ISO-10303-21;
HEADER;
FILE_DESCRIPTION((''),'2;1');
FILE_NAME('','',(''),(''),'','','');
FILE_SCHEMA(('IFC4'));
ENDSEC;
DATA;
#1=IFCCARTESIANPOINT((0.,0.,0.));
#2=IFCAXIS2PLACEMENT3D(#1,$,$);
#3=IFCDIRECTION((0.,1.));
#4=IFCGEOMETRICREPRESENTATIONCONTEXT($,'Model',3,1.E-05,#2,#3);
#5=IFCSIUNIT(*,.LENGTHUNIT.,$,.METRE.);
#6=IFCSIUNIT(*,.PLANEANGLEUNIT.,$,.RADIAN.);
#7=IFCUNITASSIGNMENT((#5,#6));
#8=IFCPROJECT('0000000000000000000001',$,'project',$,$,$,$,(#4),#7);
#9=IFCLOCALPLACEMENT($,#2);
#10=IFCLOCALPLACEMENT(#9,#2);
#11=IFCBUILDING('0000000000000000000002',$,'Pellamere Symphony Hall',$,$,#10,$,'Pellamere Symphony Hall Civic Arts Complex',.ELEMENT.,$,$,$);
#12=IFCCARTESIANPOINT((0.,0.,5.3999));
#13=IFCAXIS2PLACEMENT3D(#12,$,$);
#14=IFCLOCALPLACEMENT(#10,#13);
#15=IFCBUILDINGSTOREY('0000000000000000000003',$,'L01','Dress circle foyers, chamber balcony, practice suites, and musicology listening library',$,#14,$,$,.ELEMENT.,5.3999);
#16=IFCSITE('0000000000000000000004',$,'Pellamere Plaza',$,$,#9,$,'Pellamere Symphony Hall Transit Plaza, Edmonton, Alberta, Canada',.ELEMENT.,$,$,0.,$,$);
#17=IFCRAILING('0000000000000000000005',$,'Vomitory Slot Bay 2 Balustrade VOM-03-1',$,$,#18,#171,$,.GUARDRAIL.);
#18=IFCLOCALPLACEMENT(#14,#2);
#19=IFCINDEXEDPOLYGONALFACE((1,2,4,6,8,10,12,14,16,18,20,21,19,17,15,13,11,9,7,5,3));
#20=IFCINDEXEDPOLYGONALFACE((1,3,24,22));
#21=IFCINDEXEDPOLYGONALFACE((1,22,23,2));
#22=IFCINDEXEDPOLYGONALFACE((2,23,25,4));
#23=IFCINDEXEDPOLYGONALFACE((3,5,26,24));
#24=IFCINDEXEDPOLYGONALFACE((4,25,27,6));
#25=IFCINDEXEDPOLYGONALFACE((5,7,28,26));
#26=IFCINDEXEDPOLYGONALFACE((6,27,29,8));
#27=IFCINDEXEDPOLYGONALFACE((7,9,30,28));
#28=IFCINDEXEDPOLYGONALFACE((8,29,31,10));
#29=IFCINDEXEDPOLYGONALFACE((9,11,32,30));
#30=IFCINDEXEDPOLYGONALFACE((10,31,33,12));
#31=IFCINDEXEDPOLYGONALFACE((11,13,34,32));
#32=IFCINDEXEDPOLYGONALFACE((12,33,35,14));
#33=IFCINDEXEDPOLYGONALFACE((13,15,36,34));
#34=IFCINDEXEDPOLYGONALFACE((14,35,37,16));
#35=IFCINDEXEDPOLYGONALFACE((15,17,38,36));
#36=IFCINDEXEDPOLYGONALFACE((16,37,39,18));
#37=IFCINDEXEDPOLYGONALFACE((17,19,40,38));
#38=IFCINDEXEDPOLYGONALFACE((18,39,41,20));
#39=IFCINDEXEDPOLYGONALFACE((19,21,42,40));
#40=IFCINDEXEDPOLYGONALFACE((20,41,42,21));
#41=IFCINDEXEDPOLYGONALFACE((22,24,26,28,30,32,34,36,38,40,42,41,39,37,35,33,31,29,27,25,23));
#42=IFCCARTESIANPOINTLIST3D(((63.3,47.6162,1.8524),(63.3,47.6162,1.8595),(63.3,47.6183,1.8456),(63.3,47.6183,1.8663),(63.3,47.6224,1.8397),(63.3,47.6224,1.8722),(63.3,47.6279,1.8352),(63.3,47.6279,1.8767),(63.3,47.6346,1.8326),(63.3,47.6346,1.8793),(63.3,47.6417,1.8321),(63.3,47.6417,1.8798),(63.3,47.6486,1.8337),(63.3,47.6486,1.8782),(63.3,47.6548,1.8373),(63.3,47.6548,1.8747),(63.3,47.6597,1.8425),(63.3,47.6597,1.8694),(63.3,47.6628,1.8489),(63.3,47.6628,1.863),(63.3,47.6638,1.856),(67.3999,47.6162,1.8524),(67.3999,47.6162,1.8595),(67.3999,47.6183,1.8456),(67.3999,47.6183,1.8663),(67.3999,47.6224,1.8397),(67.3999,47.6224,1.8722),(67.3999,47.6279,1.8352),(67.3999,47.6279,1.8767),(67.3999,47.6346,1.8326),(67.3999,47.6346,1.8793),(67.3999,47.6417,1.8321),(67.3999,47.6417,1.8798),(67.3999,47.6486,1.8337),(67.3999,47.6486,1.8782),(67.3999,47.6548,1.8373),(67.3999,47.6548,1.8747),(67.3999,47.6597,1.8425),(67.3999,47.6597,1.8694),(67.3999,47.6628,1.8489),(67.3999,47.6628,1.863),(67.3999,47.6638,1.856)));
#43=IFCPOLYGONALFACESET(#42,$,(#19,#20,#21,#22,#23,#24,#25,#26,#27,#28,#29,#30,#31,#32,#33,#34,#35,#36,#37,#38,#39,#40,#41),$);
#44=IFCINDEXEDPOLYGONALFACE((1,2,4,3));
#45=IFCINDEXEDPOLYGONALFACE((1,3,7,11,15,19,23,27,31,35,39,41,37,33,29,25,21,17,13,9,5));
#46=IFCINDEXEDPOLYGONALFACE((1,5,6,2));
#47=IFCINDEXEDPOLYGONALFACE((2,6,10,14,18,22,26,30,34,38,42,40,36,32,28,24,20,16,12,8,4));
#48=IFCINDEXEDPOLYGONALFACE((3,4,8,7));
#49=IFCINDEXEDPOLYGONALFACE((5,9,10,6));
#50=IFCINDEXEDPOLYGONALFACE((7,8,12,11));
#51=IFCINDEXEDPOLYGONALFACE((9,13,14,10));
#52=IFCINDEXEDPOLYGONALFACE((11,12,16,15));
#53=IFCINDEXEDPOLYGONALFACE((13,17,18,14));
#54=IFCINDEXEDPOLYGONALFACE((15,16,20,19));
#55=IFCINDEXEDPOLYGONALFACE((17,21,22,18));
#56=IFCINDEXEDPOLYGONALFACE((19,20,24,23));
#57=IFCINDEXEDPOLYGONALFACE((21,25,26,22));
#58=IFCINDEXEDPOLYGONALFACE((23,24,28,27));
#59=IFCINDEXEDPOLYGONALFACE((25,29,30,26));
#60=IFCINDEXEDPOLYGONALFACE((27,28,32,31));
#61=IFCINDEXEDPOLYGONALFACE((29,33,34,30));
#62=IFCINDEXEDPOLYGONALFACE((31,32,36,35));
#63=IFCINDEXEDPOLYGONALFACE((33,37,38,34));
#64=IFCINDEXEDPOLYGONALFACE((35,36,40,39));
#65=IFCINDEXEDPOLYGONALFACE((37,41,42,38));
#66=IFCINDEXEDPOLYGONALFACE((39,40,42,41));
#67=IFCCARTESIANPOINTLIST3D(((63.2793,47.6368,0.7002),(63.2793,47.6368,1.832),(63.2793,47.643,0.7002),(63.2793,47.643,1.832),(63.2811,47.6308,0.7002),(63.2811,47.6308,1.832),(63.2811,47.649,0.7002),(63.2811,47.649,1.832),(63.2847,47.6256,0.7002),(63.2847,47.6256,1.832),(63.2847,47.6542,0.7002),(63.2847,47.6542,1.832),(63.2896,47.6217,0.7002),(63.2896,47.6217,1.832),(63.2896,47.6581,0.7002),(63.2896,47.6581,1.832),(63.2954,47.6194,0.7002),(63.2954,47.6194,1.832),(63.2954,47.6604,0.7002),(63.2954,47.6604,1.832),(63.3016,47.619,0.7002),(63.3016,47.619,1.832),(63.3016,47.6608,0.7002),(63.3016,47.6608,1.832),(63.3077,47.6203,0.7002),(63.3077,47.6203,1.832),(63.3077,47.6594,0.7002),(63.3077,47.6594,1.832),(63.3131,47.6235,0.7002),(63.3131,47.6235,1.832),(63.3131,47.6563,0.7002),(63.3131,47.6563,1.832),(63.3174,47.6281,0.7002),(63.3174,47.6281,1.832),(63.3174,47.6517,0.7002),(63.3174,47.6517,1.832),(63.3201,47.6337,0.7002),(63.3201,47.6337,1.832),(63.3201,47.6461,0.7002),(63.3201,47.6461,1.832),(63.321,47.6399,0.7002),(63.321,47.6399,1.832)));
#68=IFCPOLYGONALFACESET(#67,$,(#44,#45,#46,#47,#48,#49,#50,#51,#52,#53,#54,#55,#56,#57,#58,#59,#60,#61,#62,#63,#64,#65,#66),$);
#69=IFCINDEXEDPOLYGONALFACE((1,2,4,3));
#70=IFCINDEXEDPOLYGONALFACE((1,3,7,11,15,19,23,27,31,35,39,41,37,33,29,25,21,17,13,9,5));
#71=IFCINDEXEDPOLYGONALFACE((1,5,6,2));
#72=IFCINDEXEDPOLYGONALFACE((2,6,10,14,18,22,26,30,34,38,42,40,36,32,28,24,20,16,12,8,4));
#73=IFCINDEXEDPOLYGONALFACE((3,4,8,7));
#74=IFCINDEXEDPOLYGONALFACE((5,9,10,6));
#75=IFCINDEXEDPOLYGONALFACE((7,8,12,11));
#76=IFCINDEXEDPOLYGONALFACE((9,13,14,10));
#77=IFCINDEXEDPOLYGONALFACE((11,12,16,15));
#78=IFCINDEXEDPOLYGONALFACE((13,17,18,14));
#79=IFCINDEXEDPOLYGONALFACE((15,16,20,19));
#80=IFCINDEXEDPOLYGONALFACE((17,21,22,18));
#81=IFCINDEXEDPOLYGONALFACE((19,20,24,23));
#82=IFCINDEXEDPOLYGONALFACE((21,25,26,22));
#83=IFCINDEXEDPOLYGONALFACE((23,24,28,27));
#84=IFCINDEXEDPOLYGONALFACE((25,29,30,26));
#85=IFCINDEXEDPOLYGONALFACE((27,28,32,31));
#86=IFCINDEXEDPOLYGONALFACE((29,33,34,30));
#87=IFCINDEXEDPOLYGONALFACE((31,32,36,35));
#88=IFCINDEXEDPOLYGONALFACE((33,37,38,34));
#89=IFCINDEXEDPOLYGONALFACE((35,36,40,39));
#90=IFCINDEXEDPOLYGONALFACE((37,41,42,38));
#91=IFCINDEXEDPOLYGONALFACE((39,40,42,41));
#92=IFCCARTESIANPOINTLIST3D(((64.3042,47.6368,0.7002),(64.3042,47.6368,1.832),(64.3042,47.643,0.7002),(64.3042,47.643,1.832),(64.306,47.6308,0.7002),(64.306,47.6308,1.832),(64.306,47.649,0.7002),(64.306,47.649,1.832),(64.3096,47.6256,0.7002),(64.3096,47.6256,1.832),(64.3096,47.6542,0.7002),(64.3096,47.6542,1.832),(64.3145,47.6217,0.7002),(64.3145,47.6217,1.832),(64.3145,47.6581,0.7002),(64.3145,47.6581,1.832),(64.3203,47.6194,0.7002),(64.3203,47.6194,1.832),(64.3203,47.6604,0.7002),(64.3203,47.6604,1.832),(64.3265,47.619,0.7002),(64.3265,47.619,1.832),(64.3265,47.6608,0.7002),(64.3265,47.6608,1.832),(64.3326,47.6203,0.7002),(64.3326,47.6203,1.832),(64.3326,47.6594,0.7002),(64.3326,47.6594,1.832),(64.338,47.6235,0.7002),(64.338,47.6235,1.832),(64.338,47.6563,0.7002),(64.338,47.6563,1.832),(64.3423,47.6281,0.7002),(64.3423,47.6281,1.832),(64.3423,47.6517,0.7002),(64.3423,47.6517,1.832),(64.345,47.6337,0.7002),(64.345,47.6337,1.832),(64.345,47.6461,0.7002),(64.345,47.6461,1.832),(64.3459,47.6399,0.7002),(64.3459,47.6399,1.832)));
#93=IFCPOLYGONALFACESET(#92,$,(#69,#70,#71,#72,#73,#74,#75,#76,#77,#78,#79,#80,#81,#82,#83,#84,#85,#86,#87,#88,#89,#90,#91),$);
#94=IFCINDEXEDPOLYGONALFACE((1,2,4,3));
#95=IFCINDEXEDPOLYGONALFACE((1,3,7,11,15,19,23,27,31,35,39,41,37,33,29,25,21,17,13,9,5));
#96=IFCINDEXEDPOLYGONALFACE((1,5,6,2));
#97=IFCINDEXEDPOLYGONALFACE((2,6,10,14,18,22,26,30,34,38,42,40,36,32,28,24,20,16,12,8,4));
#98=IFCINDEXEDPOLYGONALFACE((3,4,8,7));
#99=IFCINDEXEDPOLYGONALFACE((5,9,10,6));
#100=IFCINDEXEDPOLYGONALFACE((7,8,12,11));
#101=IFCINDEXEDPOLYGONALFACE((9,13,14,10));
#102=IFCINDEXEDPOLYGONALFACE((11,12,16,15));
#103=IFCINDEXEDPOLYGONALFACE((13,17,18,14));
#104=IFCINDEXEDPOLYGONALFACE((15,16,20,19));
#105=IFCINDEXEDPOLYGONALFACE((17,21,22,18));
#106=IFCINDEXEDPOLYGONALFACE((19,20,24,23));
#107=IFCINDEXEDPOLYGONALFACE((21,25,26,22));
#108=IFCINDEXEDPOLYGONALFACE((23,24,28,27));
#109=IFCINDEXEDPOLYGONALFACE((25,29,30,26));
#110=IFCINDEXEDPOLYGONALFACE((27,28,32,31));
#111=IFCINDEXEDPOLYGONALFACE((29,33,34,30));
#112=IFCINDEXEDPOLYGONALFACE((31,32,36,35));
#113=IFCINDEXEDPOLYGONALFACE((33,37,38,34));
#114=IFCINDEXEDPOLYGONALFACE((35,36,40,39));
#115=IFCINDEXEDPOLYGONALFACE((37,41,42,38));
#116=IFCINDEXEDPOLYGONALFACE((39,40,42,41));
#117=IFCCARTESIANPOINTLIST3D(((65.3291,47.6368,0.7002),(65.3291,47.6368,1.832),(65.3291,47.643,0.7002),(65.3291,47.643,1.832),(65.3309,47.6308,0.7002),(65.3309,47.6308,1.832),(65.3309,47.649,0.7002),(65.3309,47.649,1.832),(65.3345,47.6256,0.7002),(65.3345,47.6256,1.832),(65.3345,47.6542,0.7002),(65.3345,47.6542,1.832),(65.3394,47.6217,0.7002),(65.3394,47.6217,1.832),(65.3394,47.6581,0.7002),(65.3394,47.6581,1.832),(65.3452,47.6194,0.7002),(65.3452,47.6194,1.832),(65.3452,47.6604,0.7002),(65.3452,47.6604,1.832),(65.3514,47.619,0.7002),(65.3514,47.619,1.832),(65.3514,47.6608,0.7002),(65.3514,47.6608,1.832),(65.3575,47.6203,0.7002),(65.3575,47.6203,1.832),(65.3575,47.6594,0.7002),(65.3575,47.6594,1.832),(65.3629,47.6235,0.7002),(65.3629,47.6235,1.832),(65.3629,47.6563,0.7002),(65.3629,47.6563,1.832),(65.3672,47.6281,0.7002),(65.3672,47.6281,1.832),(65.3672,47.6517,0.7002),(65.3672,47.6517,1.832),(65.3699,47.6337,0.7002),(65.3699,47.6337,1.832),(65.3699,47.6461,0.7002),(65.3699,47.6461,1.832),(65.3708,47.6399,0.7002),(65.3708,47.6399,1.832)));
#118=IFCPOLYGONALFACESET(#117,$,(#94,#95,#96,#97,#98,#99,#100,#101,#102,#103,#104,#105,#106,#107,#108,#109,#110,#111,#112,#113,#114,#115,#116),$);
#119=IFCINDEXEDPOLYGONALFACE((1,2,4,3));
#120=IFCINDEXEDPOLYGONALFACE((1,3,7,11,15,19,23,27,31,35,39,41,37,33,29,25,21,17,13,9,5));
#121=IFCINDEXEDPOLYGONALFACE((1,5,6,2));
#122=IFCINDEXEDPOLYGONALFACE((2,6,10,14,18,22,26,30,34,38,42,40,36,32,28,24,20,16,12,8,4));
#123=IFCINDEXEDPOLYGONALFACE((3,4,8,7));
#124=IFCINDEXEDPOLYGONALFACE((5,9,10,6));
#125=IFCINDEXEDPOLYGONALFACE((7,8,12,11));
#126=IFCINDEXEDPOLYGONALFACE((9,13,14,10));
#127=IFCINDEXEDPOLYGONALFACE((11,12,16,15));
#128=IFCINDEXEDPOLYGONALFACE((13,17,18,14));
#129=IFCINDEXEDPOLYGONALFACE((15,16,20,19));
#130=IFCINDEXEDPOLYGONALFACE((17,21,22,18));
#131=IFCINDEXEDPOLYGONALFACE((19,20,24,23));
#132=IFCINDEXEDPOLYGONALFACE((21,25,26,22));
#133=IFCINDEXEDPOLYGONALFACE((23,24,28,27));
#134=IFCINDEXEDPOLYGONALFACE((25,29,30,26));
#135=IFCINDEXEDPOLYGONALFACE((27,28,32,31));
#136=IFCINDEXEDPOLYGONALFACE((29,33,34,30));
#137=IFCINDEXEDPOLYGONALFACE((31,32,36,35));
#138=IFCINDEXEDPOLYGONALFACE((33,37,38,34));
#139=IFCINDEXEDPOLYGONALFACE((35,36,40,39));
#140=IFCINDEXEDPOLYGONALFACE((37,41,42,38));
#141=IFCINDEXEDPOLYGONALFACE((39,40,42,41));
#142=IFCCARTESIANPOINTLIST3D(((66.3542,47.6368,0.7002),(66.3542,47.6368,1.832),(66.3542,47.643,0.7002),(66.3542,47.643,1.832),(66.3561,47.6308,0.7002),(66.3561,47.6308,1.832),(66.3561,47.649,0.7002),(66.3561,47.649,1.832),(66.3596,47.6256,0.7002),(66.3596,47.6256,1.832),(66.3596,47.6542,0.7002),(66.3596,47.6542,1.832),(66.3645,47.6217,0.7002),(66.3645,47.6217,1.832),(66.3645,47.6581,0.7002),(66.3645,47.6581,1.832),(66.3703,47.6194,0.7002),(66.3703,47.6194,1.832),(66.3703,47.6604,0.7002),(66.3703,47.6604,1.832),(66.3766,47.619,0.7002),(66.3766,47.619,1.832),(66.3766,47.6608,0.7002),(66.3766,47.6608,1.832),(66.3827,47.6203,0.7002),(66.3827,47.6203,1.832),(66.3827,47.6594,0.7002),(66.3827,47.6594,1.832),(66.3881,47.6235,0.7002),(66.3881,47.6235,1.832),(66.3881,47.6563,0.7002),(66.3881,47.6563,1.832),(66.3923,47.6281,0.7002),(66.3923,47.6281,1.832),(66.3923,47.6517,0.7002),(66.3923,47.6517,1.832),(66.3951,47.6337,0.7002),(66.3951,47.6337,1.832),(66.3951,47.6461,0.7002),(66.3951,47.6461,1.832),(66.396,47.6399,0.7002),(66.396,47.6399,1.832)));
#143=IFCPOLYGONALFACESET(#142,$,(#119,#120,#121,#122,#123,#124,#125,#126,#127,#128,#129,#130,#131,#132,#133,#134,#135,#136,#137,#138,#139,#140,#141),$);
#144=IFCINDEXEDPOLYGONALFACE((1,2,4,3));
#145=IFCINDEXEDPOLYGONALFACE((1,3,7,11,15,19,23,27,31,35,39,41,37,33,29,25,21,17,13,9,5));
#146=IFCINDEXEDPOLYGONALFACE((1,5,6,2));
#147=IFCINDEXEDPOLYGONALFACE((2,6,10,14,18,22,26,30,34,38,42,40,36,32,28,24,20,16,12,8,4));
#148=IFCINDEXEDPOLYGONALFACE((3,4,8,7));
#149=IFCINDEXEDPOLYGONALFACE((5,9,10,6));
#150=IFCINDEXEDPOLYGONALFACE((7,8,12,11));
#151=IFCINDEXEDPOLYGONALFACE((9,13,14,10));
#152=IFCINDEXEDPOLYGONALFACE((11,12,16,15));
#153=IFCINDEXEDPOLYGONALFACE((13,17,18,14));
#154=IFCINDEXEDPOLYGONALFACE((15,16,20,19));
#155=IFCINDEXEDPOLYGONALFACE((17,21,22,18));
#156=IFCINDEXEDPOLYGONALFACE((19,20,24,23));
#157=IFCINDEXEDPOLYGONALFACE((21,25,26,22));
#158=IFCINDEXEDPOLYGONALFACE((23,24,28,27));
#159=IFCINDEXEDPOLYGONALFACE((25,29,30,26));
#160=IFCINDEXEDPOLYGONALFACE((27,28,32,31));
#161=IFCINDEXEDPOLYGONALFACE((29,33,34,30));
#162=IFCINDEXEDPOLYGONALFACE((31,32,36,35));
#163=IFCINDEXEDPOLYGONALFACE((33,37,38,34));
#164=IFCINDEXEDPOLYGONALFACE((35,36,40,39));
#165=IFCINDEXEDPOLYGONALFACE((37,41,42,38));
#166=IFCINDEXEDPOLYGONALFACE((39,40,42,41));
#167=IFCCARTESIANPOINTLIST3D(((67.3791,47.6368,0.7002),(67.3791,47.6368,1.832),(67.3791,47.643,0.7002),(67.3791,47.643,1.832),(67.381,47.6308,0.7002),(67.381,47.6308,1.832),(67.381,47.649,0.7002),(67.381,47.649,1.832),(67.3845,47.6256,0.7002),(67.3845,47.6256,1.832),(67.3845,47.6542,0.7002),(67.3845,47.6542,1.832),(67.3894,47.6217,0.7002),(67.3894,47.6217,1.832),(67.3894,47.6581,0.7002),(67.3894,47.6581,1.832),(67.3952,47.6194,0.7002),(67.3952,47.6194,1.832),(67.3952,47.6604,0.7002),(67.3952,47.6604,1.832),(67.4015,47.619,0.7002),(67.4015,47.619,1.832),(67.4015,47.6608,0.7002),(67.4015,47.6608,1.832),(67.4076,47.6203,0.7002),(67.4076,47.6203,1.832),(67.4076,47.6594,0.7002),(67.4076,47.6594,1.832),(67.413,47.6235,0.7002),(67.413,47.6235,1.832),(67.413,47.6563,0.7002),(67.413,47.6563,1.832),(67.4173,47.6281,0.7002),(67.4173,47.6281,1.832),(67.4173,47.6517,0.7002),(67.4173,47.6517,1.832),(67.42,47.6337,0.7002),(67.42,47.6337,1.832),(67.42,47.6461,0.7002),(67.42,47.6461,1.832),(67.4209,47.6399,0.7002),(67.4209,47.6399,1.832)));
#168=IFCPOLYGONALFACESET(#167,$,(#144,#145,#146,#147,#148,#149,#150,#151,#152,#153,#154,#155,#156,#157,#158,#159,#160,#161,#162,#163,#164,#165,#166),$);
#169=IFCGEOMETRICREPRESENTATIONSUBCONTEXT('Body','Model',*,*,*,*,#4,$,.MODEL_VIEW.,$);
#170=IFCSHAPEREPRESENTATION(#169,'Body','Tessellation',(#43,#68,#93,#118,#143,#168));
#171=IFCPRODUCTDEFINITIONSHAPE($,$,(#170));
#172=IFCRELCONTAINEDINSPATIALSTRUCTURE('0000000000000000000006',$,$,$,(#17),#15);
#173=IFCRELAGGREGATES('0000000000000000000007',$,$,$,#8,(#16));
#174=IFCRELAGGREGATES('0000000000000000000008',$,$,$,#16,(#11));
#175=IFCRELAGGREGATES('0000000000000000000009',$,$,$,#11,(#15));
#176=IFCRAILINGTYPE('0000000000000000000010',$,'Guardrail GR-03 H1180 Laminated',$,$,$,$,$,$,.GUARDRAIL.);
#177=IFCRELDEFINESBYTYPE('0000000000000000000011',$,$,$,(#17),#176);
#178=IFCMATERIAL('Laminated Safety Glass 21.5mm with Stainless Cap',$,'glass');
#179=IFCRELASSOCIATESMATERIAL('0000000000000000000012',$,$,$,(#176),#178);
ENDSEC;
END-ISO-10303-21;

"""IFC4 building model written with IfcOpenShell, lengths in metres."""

from ifc_helpers import new_model, si_unit, direction, frame, origin, origin_2d, place, context, subcontext, project, spatial, circle, extrude, material, type_object, element, save


model = new_model("IFC4")

# Units and contexts
model_context = context("Model", 3, precision=1e-05, world=origin(), true_north=direction((0.0, 1.0)))
body_context = subcontext(model_context, "Body", "Model", "MODEL_VIEW")
ifc_project = project(units=[si_unit("LENGTHUNIT", "METRE"), si_unit("PLANEANGLEUNIT", "RADIAN")], contexts=[model_context])

# Site, building, storey
site_placement = place(None, origin())
site = spatial("IfcSite", under=ifc_project, at=site_placement, Name="Pellamere Plaza", LongName="Pellamere Symphony Hall Transit Plaza, Edmonton, Alberta, Canada", CompositionType="ELEMENT", RefElevation=0.0)
building_placement = place(site_placement, origin())
building = spatial("IfcBuilding", under=site, at=building_placement, Name="Pellamere Symphony Hall", LongName="Pellamere Symphony Hall Civic Arts Complex", CompositionType="ELEMENT")
storey_placement = place(building_placement, frame((0.0, 0.0, 5.3999)))
storey = spatial("IfcBuildingStorey", under=building, at=storey_placement, Name="L01", Description="Dress circle foyers, chamber balcony, practice suites, and musicology listening library", CompositionType="ELEMENT", Elevation=5.3999)

# Railing
ifc_material_1 = material(Name="Laminated Safety Glass 21.5mm with Stainless Cap", Category="glass")
railing_type_1 = type_object("IfcRailingType", Name="Guardrail GR-03 H1180 Laminated", PredefinedType="GUARDRAIL", material=ifc_material_1)
railing_1_placement = place(storey_placement, frame((63.3, 47.6399, 0.7002)))
element("IfcRailing", 1, at=railing_1_placement, inside=storey, type_object=railing_type_1, Name="Vomitory Slot Bay 2 Balustrade VOM-03-1", PredefinedType="GUARDRAIL", context=body_context, shape_type="SweptSolid", body=[
    extrude(circle(Radius=0.0239, at=origin_2d()), frame((0.0, 0.0, 1.1558), z_axis=(1.0, 0.0, 0.0), x_axis=(0.0, 1.0, 0.0)), (0.0, 0.0, 1.0), 4.0999),
    extrude(circle(Radius=0.021, at=origin_2d()), origin(), (0.0, 0.0, 1.0), 1.1318),
    extrude(circle(Radius=0.021, at=origin_2d()), frame((1.0249, 0.0, 0.0)), (0.0, 0.0, 1.0), 1.1318),
    extrude(circle(Radius=0.021, at=origin_2d()), frame((2.0498, 0.0, 0.0)), (0.0, 0.0, 1.0), 1.1318),
    extrude(circle(Radius=0.021, at=origin_2d()), frame((3.075, 0.0, 0.0)), (0.0, 0.0, 1.0), 1.1318),
    extrude(circle(Radius=0.021, at=origin_2d()), frame((4.0999, 0.0, 0.0)), (0.0, 0.0, 1.0), 1.1318),
])

save(model, "model.ifc")
